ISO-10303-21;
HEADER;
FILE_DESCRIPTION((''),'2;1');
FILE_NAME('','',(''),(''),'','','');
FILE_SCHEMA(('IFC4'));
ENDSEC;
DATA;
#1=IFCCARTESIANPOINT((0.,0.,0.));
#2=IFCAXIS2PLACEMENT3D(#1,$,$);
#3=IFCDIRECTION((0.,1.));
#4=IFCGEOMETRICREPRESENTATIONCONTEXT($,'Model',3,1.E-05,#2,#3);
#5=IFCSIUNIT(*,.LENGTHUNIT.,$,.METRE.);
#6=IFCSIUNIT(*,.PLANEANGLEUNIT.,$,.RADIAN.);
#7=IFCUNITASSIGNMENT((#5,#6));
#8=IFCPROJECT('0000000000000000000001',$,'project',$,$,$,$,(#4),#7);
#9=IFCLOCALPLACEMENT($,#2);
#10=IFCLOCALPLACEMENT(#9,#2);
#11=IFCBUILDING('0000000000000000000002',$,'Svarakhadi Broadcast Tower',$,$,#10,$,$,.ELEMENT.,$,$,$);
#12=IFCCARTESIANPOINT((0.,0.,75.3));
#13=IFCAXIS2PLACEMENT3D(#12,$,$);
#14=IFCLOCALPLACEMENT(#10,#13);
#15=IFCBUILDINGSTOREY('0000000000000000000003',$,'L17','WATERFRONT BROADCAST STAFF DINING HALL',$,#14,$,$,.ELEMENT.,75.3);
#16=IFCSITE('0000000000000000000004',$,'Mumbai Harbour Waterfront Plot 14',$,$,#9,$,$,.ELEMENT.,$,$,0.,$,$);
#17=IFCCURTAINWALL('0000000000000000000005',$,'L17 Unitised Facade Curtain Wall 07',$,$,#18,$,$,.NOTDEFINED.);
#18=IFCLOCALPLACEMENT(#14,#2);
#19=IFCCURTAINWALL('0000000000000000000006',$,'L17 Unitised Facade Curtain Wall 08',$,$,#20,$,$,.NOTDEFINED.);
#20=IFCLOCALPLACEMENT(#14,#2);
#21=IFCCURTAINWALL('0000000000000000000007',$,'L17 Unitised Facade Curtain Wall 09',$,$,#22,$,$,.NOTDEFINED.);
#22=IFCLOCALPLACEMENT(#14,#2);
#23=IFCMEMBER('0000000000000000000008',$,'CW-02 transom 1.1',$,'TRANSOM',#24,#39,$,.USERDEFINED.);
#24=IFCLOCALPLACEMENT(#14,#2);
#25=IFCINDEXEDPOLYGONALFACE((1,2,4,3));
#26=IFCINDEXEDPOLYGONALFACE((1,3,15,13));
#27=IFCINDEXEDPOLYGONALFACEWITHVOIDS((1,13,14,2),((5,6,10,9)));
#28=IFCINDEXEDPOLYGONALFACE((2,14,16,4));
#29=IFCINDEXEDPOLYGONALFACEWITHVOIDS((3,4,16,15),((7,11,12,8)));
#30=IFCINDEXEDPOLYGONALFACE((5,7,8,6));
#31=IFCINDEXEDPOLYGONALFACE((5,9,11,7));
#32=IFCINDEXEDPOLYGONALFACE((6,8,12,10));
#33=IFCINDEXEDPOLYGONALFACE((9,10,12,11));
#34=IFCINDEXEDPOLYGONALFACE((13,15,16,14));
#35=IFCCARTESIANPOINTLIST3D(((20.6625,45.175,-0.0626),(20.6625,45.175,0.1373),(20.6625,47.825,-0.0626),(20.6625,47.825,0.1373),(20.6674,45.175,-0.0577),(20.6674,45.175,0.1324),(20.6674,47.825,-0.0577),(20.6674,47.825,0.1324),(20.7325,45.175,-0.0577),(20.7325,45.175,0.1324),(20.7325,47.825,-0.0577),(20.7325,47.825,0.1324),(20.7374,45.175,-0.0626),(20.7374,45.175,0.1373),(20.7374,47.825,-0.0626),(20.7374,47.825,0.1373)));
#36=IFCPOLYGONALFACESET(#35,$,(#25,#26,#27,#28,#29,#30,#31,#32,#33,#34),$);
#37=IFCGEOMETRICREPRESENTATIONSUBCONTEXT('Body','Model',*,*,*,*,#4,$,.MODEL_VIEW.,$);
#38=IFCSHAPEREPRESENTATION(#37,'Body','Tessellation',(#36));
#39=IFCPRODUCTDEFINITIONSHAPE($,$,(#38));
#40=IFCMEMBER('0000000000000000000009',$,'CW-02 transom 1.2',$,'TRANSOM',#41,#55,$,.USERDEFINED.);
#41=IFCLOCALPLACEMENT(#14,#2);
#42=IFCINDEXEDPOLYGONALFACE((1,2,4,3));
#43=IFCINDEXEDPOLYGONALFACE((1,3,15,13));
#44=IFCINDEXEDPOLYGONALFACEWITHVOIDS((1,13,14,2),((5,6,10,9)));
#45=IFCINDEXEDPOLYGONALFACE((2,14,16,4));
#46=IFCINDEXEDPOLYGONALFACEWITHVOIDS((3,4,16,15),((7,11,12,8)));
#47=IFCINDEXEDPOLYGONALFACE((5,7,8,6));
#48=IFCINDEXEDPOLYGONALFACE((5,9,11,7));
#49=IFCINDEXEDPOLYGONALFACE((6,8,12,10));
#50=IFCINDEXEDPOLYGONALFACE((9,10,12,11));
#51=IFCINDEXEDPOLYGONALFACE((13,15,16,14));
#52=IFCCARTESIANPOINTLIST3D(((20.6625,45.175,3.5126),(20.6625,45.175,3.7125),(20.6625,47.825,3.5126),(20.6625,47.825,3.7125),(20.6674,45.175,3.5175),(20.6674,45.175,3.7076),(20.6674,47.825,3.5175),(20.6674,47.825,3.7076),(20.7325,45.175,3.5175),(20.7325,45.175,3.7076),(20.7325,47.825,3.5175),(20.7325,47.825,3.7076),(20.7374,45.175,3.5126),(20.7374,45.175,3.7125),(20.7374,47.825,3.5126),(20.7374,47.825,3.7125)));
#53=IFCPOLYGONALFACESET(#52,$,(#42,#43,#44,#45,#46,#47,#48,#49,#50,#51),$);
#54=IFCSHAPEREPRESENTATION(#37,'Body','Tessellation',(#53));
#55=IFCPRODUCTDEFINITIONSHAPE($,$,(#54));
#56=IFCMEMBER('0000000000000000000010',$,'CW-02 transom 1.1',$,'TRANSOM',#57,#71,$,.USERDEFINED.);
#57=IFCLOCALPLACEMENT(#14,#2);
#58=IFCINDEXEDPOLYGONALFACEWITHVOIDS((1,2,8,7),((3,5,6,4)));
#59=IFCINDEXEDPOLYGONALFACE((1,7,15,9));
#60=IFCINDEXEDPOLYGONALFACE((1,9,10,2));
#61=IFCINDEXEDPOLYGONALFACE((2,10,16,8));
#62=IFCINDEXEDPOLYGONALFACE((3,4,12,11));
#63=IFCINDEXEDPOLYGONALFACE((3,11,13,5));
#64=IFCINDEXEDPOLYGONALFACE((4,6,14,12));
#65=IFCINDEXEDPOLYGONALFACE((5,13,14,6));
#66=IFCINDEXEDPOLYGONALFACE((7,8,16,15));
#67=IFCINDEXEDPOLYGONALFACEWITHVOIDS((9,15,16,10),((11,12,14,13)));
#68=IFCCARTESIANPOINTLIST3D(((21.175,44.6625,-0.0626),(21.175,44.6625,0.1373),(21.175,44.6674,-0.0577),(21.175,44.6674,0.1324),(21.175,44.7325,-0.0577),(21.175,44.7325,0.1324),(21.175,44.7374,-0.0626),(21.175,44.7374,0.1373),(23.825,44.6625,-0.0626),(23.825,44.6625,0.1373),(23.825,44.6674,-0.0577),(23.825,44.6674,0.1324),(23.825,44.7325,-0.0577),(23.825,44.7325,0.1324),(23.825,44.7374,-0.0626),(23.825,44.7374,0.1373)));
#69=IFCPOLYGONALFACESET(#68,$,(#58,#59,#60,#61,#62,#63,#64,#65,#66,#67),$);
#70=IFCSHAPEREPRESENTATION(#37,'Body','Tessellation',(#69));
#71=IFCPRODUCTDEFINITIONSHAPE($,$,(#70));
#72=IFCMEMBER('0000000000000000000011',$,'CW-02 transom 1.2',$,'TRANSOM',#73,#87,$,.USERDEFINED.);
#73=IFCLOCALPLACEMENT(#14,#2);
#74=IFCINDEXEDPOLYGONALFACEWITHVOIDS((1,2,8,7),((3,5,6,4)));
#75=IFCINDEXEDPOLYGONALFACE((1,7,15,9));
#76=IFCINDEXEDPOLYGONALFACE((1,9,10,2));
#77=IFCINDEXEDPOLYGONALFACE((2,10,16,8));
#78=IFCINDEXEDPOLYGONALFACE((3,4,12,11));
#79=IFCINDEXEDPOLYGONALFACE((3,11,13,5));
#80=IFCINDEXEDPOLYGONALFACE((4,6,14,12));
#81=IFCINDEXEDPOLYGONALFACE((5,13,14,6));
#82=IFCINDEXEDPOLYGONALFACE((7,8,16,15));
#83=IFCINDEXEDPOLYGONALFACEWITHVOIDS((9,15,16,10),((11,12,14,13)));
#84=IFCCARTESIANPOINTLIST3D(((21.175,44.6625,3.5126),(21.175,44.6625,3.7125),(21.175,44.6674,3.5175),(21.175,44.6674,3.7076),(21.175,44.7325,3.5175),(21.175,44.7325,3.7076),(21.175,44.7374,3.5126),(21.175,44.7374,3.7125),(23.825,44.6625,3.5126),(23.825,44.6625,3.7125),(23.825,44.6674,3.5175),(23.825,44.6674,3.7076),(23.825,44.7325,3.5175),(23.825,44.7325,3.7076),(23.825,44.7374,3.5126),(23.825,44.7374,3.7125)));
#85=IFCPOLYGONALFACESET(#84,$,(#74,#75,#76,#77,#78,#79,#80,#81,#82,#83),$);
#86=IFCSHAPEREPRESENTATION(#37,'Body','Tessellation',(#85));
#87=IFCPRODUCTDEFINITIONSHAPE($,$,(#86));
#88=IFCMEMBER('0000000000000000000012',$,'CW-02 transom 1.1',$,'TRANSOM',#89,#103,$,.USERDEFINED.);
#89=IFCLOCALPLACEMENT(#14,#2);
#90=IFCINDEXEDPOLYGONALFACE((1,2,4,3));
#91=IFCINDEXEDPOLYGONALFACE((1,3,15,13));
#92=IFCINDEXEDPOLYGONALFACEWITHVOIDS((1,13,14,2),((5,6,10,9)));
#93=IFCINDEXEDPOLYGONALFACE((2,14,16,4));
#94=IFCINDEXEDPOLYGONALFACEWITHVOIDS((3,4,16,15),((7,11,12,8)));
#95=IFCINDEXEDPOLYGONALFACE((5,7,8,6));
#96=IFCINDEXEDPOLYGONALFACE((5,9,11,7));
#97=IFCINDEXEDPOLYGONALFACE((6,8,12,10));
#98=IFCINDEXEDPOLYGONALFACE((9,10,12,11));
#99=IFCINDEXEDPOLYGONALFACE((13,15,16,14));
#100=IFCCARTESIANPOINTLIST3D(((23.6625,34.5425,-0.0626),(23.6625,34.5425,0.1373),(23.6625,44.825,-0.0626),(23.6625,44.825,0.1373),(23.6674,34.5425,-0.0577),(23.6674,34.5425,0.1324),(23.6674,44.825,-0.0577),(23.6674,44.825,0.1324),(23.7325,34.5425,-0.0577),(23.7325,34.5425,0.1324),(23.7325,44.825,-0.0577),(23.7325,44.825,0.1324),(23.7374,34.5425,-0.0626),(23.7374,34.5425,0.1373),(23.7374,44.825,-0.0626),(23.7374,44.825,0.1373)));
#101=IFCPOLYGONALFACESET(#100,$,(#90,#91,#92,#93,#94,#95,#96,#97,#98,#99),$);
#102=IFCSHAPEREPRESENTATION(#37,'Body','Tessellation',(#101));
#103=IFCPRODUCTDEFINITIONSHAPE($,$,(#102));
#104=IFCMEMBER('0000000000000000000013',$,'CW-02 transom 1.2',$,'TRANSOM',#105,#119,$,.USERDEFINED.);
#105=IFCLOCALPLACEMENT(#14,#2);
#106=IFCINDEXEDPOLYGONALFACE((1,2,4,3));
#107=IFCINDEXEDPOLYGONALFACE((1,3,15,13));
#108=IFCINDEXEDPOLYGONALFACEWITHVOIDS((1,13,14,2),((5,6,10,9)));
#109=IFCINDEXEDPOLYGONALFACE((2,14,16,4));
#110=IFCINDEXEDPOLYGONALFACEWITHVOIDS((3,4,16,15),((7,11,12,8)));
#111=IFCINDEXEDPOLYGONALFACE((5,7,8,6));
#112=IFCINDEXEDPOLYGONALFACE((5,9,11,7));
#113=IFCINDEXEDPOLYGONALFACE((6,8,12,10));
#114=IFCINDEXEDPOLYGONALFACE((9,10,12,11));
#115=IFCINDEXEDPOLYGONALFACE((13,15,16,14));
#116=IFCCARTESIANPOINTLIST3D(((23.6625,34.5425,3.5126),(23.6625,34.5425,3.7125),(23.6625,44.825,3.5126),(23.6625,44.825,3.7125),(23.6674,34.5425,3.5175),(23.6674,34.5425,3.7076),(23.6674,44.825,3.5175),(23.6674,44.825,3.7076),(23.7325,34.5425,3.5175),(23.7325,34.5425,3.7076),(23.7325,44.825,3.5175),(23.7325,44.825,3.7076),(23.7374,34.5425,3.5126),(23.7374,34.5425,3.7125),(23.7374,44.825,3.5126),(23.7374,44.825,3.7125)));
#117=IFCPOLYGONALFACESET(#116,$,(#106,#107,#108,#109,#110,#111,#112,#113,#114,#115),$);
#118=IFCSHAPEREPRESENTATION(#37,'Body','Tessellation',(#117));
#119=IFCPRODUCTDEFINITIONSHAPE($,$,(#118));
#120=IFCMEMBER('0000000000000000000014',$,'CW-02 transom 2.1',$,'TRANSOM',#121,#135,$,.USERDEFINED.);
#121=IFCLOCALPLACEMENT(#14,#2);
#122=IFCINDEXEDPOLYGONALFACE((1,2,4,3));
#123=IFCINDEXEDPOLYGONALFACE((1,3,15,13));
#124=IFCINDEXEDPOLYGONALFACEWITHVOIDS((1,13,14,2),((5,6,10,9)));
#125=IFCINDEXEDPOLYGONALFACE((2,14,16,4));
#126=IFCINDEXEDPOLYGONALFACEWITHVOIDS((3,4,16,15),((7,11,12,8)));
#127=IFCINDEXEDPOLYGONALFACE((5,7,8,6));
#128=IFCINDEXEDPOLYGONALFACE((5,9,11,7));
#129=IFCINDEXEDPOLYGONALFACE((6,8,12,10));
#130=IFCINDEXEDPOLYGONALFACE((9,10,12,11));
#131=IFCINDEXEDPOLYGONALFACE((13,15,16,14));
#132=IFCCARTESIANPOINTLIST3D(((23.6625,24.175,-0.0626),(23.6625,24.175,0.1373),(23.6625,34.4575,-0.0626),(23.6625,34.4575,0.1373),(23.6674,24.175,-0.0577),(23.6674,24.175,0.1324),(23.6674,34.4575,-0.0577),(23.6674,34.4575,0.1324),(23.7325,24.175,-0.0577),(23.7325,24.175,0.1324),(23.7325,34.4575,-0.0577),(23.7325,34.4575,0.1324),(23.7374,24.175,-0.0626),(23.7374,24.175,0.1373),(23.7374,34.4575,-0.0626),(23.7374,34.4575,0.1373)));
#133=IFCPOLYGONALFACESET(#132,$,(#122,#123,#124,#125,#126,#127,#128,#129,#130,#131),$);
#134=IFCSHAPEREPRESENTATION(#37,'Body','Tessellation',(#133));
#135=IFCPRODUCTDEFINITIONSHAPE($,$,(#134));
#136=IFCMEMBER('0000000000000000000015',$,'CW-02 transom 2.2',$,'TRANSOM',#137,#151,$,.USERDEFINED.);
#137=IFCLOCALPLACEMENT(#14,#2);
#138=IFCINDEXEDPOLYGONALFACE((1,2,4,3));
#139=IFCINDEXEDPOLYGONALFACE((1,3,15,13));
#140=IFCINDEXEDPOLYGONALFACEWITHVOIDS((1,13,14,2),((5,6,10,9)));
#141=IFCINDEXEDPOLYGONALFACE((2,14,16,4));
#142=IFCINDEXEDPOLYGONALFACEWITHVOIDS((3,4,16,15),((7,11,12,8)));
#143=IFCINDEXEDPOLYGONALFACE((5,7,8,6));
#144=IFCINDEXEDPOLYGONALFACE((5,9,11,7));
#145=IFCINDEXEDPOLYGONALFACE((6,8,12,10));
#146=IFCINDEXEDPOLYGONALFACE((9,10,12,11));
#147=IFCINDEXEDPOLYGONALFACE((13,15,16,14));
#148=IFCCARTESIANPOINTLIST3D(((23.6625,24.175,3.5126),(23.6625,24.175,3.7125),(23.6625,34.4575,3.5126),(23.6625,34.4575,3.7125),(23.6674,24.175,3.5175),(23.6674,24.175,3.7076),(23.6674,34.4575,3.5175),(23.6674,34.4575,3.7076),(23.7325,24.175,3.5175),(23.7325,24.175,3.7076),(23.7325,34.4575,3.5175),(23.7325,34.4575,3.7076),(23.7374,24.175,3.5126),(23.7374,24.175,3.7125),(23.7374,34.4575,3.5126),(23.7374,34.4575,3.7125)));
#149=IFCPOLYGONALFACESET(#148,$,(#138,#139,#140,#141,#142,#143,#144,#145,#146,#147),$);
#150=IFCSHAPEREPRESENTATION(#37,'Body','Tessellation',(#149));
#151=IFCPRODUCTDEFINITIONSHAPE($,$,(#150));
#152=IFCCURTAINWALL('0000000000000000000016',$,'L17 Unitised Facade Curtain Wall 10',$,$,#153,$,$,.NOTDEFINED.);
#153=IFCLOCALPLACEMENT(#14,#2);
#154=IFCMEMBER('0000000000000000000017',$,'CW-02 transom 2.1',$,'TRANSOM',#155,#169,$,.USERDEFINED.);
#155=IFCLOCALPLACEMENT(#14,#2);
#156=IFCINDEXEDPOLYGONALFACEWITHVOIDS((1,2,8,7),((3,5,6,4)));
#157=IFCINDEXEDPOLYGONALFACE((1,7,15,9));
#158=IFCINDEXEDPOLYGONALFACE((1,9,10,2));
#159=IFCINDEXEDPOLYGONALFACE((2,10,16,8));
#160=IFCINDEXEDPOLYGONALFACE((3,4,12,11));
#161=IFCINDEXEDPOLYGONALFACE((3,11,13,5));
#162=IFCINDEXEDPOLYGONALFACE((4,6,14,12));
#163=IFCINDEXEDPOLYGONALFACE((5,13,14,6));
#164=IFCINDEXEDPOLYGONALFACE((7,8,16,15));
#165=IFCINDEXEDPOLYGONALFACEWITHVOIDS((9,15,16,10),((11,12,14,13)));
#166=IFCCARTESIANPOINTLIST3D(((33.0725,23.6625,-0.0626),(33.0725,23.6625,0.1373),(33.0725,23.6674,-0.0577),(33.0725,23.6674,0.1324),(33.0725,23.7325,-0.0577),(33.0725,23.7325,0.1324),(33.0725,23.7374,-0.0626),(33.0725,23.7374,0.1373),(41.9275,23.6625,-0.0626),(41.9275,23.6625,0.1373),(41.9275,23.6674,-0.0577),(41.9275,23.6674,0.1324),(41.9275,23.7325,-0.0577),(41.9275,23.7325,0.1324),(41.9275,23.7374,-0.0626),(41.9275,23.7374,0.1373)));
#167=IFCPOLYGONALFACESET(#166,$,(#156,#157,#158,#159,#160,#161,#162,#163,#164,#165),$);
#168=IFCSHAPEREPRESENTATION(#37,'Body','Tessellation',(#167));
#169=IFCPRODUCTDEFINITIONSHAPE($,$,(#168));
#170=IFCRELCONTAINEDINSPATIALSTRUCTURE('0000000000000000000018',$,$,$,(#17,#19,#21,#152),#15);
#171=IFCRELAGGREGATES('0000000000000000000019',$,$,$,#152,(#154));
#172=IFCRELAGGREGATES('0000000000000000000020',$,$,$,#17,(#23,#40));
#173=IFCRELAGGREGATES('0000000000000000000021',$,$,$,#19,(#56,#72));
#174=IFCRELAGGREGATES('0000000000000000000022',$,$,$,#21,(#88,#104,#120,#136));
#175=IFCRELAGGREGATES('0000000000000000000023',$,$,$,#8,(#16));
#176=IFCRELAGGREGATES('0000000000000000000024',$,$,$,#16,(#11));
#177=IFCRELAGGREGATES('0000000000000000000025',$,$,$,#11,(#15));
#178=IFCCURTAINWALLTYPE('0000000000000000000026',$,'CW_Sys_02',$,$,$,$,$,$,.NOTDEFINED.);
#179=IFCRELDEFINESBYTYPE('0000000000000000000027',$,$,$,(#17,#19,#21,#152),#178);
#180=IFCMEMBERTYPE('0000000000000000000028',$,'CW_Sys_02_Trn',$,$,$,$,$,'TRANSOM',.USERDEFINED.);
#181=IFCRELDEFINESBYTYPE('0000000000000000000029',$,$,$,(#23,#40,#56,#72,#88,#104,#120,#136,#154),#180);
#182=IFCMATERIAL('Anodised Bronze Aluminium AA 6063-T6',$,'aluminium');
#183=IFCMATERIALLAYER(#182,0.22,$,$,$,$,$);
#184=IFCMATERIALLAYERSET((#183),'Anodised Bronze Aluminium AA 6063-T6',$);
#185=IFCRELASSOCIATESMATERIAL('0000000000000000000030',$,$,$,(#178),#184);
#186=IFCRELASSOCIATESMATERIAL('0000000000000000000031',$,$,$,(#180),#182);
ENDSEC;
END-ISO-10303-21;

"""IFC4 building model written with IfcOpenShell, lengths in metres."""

from ifc_helpers import new_model, si_unit, direction, frame, origin, origin_2d, place, context, subcontext, project, spatial, hollow_rectangle, extrude, material, layer, layer_set, material_profile, profile_set, type_object, element, aggregate, save


model = new_model("IFC4")

# Units and contexts
model_context = context("Model", 3, precision=1e-05, world=origin(), true_north=direction((0.0, 1.0)))
body_context = subcontext(model_context, "Body", "Model", "MODEL_VIEW")
ifc_project = project(units=[si_unit("LENGTHUNIT", "METRE"), si_unit("PLANEANGLEUNIT", "RADIAN")], contexts=[model_context])

# Site, building, storey
site_placement = place(None, origin())
site = spatial("IfcSite", under=ifc_project, at=site_placement, Name="Mumbai Harbour Waterfront Plot 14", CompositionType="ELEMENT", RefElevation=0.0)
building_placement = place(site_placement, origin())
building = spatial("IfcBuilding", under=site, at=building_placement, Name="Svarakhadi Broadcast Tower", CompositionType="ELEMENT")
storey_placement = place(building_placement, frame((0.0, 0.0, 75.3)))
storey = spatial("IfcBuildingStorey", under=building, at=storey_placement, Name="L17", Description="WATERFRONT BROADCAST STAFF DINING HALL", CompositionType="ELEMENT", Elevation=75.3)

# Curtain walls
ifc_material_1 = material(Name="Anodised Bronze Aluminium AA 6063-T6", Category="aluminium")
ifc_layer_1 = layer(ifc_material_1, 0.22)
ifc_layer_set_1 = layer_set([ifc_layer_1], Name="Anodised Bronze Aluminium AA 6063-T6")
curtain_wall_type = type_object("IfcCurtainWallType", Name="CW_Sys_02", PredefinedType="NOTDEFINED", material=ifc_layer_set_1)
curtain_wall_1_placement = place(storey_placement, origin())
curtain_wall_1 = element("IfcCurtainWall", 1, at=curtain_wall_1_placement, inside=storey, type_object=curtain_wall_type, Name="L17 Unitised Facade Curtain Wall 07", PredefinedType="NOTDEFINED")
curtain_wall_2_placement = place(storey_placement, origin())
curtain_wall_2 = element("IfcCurtainWall", 2, at=curtain_wall_2_placement, inside=storey, type_object=curtain_wall_type, Name="L17 Unitised Facade Curtain Wall 08", PredefinedType="NOTDEFINED")
curtain_wall_3_placement = place(storey_placement, origin())
curtain_wall_3 = element("IfcCurtainWall", 3, at=curtain_wall_3_placement, inside=storey, type_object=curtain_wall_type, Name="L17 Unitised Facade Curtain Wall 09", PredefinedType="NOTDEFINED")

# Members
ifc_material_profile_1 = material_profile(ifc_material_1, hollow_rectangle(XDim=0.075, YDim=0.2, WallThickness=0.0049, at=origin_2d()), Name="ALU TRANSOM 200x75x5")
ifc_profile_set_1 = profile_set([ifc_material_profile_1], Name="Anodised Bronze Aluminium AA 6063-T6")
member_type_1 = type_object("IfcMemberType", Name="CW_Sys_02_Trn", ElementType="TRANSOM", PredefinedType="USERDEFINED", material=ifc_profile_set_1)
member_1_placement = place(storey_placement, frame((20.7, 47.825, 0.0374), z_axis=(0.0, -1.0, 0.0), x_axis=(1.0, 0.0, 0.0)))
member_1 = element("IfcMember", 4, at=member_1_placement, type_object=member_type_1, Name="CW-02 transom 1.1", ObjectType="TRANSOM", PredefinedType="USERDEFINED", context=body_context, shape_type="SweptSolid", body=[
    extrude(hollow_rectangle(XDim=0.075, YDim=0.2, WallThickness=0.0049, at=origin_2d()), origin(), (0.0, 0.0, 1.0), 2.6499),
])
member_2_placement = place(storey_placement, frame((20.7, 47.825, 3.6125), z_axis=(0.0, -1.0, 0.0), x_axis=(1.0, 0.0, 0.0)))
member_2 = element("IfcMember", 5, at=member_2_placement, type_object=member_type_1, Name="CW-02 transom 1.2", ObjectType="TRANSOM", PredefinedType="USERDEFINED", context=body_context, shape_type="SweptSolid", body=[
    extrude(hollow_rectangle(XDim=0.075, YDim=0.2, WallThickness=0.0049, at=origin_2d()), origin(), (0.0, 0.0, 1.0), 2.6499),
])
member_3_placement = place(storey_placement, frame((21.175, 44.7, 0.0374), z_axis=(1.0, 0.0, 0.0), x_axis=(0.0, 1.0, 0.0)))
member_3 = element("IfcMember", 6, at=member_3_placement, type_object=member_type_1, Name="CW-02 transom 1.1", ObjectType="TRANSOM", PredefinedType="USERDEFINED", context=body_context, shape_type="SweptSolid", body=[
    extrude(hollow_rectangle(XDim=0.075, YDim=0.2, WallThickness=0.0049, at=origin_2d()), origin(), (0.0, 0.0, 1.0), 2.6499),
])
member_4_placement = place(storey_placement, frame((21.175, 44.7, 3.6125), z_axis=(1.0, 0.0, 0.0), x_axis=(0.0, 1.0, 0.0)))
member_4 = element("IfcMember", 7, at=member_4_placement, type_object=member_type_1, Name="CW-02 transom 1.2", ObjectType="TRANSOM", PredefinedType="USERDEFINED", context=body_context, shape_type="SweptSolid", body=[
    extrude(hollow_rectangle(XDim=0.075, YDim=0.2, WallThickness=0.0049, at=origin_2d()), origin(), (0.0, 0.0, 1.0), 2.6499),
])
member_5_placement = place(storey_placement, frame((23.7, 44.825, 0.0374), z_axis=(0.0, -1.0, 0.0), x_axis=(1.0, 0.0, 0.0)))
member_5 = element("IfcMember", 8, at=member_5_placement, type_object=member_type_1, Name="CW-02 transom 1.1", ObjectType="TRANSOM", PredefinedType="USERDEFINED", context=body_context, shape_type="SweptSolid", body=[
    extrude(hollow_rectangle(XDim=0.075, YDim=0.2, WallThickness=0.0049, at=origin_2d()), origin(), (0.0, 0.0, 1.0), 10.2825),
])
member_6_placement = place(storey_placement, frame((23.7, 44.825, 3.6125), z_axis=(0.0, -1.0, 0.0), x_axis=(1.0, 0.0, 0.0)))
member_6 = element("IfcMember", 9, at=member_6_placement, type_object=member_type_1, Name="CW-02 transom 1.2", ObjectType="TRANSOM", PredefinedType="USERDEFINED", context=body_context, shape_type="SweptSolid", body=[
    extrude(hollow_rectangle(XDim=0.075, YDim=0.2, WallThickness=0.0049, at=origin_2d()), origin(), (0.0, 0.0, 1.0), 10.2825),
])
member_7_placement = place(storey_placement, frame((23.7, 34.4575, 0.0374), z_axis=(0.0, -1.0, 0.0), x_axis=(1.0, 0.0, 0.0)))
member_7 = element("IfcMember", 10, at=member_7_placement, type_object=member_type_1, Name="CW-02 transom 2.1", ObjectType="TRANSOM", PredefinedType="USERDEFINED", context=body_context, shape_type="SweptSolid", body=[
    extrude(hollow_rectangle(XDim=0.075, YDim=0.2, WallThickness=0.0049, at=origin_2d()), origin(), (0.0, 0.0, 1.0), 10.2825),
])
member_8_placement = place(storey_placement, frame((23.7, 34.4575, 3.6125), z_axis=(0.0, -1.0, 0.0), x_axis=(1.0, 0.0, 0.0)))
member_8 = element("IfcMember", 11, at=member_8_placement, type_object=member_type_1, Name="CW-02 transom 2.2", ObjectType="TRANSOM", PredefinedType="USERDEFINED", context=body_context, shape_type="SweptSolid", body=[
    extrude(hollow_rectangle(XDim=0.075, YDim=0.2, WallThickness=0.0049, at=origin_2d()), origin(), (0.0, 0.0, 1.0), 10.2825),
])

# Curtain wall, member
curtain_wall_4_placement = place(storey_placement, origin())
curtain_wall_4 = element("IfcCurtainWall", 12, at=curtain_wall_4_placement, inside=storey, type_object=curtain_wall_type, Name="L17 Unitised Facade Curtain Wall 10", PredefinedType="NOTDEFINED")
member_9_placement = place(storey_placement, frame((33.0725, 23.7, 0.0374), z_axis=(1.0, 0.0, 0.0), x_axis=(0.0, 1.0, 0.0)))
member_9 = element("IfcMember", 13, at=member_9_placement, type_object=member_type_1, Name="CW-02 transom 2.1", ObjectType="TRANSOM", PredefinedType="USERDEFINED", context=body_context, shape_type="SweptSolid", body=[
    extrude(hollow_rectangle(XDim=0.075, YDim=0.2, WallThickness=0.0049, at=origin_2d()), origin(), (0.0, 0.0, 1.0), 8.855),
])
aggregate(curtain_wall_4, [member_9])

aggregate(curtain_wall_1, [member_1, member_2])
aggregate(curtain_wall_2, [member_3, member_4])
aggregate(curtain_wall_3, [member_5, member_6, member_7, member_8])

save(model, "model.ifc")
